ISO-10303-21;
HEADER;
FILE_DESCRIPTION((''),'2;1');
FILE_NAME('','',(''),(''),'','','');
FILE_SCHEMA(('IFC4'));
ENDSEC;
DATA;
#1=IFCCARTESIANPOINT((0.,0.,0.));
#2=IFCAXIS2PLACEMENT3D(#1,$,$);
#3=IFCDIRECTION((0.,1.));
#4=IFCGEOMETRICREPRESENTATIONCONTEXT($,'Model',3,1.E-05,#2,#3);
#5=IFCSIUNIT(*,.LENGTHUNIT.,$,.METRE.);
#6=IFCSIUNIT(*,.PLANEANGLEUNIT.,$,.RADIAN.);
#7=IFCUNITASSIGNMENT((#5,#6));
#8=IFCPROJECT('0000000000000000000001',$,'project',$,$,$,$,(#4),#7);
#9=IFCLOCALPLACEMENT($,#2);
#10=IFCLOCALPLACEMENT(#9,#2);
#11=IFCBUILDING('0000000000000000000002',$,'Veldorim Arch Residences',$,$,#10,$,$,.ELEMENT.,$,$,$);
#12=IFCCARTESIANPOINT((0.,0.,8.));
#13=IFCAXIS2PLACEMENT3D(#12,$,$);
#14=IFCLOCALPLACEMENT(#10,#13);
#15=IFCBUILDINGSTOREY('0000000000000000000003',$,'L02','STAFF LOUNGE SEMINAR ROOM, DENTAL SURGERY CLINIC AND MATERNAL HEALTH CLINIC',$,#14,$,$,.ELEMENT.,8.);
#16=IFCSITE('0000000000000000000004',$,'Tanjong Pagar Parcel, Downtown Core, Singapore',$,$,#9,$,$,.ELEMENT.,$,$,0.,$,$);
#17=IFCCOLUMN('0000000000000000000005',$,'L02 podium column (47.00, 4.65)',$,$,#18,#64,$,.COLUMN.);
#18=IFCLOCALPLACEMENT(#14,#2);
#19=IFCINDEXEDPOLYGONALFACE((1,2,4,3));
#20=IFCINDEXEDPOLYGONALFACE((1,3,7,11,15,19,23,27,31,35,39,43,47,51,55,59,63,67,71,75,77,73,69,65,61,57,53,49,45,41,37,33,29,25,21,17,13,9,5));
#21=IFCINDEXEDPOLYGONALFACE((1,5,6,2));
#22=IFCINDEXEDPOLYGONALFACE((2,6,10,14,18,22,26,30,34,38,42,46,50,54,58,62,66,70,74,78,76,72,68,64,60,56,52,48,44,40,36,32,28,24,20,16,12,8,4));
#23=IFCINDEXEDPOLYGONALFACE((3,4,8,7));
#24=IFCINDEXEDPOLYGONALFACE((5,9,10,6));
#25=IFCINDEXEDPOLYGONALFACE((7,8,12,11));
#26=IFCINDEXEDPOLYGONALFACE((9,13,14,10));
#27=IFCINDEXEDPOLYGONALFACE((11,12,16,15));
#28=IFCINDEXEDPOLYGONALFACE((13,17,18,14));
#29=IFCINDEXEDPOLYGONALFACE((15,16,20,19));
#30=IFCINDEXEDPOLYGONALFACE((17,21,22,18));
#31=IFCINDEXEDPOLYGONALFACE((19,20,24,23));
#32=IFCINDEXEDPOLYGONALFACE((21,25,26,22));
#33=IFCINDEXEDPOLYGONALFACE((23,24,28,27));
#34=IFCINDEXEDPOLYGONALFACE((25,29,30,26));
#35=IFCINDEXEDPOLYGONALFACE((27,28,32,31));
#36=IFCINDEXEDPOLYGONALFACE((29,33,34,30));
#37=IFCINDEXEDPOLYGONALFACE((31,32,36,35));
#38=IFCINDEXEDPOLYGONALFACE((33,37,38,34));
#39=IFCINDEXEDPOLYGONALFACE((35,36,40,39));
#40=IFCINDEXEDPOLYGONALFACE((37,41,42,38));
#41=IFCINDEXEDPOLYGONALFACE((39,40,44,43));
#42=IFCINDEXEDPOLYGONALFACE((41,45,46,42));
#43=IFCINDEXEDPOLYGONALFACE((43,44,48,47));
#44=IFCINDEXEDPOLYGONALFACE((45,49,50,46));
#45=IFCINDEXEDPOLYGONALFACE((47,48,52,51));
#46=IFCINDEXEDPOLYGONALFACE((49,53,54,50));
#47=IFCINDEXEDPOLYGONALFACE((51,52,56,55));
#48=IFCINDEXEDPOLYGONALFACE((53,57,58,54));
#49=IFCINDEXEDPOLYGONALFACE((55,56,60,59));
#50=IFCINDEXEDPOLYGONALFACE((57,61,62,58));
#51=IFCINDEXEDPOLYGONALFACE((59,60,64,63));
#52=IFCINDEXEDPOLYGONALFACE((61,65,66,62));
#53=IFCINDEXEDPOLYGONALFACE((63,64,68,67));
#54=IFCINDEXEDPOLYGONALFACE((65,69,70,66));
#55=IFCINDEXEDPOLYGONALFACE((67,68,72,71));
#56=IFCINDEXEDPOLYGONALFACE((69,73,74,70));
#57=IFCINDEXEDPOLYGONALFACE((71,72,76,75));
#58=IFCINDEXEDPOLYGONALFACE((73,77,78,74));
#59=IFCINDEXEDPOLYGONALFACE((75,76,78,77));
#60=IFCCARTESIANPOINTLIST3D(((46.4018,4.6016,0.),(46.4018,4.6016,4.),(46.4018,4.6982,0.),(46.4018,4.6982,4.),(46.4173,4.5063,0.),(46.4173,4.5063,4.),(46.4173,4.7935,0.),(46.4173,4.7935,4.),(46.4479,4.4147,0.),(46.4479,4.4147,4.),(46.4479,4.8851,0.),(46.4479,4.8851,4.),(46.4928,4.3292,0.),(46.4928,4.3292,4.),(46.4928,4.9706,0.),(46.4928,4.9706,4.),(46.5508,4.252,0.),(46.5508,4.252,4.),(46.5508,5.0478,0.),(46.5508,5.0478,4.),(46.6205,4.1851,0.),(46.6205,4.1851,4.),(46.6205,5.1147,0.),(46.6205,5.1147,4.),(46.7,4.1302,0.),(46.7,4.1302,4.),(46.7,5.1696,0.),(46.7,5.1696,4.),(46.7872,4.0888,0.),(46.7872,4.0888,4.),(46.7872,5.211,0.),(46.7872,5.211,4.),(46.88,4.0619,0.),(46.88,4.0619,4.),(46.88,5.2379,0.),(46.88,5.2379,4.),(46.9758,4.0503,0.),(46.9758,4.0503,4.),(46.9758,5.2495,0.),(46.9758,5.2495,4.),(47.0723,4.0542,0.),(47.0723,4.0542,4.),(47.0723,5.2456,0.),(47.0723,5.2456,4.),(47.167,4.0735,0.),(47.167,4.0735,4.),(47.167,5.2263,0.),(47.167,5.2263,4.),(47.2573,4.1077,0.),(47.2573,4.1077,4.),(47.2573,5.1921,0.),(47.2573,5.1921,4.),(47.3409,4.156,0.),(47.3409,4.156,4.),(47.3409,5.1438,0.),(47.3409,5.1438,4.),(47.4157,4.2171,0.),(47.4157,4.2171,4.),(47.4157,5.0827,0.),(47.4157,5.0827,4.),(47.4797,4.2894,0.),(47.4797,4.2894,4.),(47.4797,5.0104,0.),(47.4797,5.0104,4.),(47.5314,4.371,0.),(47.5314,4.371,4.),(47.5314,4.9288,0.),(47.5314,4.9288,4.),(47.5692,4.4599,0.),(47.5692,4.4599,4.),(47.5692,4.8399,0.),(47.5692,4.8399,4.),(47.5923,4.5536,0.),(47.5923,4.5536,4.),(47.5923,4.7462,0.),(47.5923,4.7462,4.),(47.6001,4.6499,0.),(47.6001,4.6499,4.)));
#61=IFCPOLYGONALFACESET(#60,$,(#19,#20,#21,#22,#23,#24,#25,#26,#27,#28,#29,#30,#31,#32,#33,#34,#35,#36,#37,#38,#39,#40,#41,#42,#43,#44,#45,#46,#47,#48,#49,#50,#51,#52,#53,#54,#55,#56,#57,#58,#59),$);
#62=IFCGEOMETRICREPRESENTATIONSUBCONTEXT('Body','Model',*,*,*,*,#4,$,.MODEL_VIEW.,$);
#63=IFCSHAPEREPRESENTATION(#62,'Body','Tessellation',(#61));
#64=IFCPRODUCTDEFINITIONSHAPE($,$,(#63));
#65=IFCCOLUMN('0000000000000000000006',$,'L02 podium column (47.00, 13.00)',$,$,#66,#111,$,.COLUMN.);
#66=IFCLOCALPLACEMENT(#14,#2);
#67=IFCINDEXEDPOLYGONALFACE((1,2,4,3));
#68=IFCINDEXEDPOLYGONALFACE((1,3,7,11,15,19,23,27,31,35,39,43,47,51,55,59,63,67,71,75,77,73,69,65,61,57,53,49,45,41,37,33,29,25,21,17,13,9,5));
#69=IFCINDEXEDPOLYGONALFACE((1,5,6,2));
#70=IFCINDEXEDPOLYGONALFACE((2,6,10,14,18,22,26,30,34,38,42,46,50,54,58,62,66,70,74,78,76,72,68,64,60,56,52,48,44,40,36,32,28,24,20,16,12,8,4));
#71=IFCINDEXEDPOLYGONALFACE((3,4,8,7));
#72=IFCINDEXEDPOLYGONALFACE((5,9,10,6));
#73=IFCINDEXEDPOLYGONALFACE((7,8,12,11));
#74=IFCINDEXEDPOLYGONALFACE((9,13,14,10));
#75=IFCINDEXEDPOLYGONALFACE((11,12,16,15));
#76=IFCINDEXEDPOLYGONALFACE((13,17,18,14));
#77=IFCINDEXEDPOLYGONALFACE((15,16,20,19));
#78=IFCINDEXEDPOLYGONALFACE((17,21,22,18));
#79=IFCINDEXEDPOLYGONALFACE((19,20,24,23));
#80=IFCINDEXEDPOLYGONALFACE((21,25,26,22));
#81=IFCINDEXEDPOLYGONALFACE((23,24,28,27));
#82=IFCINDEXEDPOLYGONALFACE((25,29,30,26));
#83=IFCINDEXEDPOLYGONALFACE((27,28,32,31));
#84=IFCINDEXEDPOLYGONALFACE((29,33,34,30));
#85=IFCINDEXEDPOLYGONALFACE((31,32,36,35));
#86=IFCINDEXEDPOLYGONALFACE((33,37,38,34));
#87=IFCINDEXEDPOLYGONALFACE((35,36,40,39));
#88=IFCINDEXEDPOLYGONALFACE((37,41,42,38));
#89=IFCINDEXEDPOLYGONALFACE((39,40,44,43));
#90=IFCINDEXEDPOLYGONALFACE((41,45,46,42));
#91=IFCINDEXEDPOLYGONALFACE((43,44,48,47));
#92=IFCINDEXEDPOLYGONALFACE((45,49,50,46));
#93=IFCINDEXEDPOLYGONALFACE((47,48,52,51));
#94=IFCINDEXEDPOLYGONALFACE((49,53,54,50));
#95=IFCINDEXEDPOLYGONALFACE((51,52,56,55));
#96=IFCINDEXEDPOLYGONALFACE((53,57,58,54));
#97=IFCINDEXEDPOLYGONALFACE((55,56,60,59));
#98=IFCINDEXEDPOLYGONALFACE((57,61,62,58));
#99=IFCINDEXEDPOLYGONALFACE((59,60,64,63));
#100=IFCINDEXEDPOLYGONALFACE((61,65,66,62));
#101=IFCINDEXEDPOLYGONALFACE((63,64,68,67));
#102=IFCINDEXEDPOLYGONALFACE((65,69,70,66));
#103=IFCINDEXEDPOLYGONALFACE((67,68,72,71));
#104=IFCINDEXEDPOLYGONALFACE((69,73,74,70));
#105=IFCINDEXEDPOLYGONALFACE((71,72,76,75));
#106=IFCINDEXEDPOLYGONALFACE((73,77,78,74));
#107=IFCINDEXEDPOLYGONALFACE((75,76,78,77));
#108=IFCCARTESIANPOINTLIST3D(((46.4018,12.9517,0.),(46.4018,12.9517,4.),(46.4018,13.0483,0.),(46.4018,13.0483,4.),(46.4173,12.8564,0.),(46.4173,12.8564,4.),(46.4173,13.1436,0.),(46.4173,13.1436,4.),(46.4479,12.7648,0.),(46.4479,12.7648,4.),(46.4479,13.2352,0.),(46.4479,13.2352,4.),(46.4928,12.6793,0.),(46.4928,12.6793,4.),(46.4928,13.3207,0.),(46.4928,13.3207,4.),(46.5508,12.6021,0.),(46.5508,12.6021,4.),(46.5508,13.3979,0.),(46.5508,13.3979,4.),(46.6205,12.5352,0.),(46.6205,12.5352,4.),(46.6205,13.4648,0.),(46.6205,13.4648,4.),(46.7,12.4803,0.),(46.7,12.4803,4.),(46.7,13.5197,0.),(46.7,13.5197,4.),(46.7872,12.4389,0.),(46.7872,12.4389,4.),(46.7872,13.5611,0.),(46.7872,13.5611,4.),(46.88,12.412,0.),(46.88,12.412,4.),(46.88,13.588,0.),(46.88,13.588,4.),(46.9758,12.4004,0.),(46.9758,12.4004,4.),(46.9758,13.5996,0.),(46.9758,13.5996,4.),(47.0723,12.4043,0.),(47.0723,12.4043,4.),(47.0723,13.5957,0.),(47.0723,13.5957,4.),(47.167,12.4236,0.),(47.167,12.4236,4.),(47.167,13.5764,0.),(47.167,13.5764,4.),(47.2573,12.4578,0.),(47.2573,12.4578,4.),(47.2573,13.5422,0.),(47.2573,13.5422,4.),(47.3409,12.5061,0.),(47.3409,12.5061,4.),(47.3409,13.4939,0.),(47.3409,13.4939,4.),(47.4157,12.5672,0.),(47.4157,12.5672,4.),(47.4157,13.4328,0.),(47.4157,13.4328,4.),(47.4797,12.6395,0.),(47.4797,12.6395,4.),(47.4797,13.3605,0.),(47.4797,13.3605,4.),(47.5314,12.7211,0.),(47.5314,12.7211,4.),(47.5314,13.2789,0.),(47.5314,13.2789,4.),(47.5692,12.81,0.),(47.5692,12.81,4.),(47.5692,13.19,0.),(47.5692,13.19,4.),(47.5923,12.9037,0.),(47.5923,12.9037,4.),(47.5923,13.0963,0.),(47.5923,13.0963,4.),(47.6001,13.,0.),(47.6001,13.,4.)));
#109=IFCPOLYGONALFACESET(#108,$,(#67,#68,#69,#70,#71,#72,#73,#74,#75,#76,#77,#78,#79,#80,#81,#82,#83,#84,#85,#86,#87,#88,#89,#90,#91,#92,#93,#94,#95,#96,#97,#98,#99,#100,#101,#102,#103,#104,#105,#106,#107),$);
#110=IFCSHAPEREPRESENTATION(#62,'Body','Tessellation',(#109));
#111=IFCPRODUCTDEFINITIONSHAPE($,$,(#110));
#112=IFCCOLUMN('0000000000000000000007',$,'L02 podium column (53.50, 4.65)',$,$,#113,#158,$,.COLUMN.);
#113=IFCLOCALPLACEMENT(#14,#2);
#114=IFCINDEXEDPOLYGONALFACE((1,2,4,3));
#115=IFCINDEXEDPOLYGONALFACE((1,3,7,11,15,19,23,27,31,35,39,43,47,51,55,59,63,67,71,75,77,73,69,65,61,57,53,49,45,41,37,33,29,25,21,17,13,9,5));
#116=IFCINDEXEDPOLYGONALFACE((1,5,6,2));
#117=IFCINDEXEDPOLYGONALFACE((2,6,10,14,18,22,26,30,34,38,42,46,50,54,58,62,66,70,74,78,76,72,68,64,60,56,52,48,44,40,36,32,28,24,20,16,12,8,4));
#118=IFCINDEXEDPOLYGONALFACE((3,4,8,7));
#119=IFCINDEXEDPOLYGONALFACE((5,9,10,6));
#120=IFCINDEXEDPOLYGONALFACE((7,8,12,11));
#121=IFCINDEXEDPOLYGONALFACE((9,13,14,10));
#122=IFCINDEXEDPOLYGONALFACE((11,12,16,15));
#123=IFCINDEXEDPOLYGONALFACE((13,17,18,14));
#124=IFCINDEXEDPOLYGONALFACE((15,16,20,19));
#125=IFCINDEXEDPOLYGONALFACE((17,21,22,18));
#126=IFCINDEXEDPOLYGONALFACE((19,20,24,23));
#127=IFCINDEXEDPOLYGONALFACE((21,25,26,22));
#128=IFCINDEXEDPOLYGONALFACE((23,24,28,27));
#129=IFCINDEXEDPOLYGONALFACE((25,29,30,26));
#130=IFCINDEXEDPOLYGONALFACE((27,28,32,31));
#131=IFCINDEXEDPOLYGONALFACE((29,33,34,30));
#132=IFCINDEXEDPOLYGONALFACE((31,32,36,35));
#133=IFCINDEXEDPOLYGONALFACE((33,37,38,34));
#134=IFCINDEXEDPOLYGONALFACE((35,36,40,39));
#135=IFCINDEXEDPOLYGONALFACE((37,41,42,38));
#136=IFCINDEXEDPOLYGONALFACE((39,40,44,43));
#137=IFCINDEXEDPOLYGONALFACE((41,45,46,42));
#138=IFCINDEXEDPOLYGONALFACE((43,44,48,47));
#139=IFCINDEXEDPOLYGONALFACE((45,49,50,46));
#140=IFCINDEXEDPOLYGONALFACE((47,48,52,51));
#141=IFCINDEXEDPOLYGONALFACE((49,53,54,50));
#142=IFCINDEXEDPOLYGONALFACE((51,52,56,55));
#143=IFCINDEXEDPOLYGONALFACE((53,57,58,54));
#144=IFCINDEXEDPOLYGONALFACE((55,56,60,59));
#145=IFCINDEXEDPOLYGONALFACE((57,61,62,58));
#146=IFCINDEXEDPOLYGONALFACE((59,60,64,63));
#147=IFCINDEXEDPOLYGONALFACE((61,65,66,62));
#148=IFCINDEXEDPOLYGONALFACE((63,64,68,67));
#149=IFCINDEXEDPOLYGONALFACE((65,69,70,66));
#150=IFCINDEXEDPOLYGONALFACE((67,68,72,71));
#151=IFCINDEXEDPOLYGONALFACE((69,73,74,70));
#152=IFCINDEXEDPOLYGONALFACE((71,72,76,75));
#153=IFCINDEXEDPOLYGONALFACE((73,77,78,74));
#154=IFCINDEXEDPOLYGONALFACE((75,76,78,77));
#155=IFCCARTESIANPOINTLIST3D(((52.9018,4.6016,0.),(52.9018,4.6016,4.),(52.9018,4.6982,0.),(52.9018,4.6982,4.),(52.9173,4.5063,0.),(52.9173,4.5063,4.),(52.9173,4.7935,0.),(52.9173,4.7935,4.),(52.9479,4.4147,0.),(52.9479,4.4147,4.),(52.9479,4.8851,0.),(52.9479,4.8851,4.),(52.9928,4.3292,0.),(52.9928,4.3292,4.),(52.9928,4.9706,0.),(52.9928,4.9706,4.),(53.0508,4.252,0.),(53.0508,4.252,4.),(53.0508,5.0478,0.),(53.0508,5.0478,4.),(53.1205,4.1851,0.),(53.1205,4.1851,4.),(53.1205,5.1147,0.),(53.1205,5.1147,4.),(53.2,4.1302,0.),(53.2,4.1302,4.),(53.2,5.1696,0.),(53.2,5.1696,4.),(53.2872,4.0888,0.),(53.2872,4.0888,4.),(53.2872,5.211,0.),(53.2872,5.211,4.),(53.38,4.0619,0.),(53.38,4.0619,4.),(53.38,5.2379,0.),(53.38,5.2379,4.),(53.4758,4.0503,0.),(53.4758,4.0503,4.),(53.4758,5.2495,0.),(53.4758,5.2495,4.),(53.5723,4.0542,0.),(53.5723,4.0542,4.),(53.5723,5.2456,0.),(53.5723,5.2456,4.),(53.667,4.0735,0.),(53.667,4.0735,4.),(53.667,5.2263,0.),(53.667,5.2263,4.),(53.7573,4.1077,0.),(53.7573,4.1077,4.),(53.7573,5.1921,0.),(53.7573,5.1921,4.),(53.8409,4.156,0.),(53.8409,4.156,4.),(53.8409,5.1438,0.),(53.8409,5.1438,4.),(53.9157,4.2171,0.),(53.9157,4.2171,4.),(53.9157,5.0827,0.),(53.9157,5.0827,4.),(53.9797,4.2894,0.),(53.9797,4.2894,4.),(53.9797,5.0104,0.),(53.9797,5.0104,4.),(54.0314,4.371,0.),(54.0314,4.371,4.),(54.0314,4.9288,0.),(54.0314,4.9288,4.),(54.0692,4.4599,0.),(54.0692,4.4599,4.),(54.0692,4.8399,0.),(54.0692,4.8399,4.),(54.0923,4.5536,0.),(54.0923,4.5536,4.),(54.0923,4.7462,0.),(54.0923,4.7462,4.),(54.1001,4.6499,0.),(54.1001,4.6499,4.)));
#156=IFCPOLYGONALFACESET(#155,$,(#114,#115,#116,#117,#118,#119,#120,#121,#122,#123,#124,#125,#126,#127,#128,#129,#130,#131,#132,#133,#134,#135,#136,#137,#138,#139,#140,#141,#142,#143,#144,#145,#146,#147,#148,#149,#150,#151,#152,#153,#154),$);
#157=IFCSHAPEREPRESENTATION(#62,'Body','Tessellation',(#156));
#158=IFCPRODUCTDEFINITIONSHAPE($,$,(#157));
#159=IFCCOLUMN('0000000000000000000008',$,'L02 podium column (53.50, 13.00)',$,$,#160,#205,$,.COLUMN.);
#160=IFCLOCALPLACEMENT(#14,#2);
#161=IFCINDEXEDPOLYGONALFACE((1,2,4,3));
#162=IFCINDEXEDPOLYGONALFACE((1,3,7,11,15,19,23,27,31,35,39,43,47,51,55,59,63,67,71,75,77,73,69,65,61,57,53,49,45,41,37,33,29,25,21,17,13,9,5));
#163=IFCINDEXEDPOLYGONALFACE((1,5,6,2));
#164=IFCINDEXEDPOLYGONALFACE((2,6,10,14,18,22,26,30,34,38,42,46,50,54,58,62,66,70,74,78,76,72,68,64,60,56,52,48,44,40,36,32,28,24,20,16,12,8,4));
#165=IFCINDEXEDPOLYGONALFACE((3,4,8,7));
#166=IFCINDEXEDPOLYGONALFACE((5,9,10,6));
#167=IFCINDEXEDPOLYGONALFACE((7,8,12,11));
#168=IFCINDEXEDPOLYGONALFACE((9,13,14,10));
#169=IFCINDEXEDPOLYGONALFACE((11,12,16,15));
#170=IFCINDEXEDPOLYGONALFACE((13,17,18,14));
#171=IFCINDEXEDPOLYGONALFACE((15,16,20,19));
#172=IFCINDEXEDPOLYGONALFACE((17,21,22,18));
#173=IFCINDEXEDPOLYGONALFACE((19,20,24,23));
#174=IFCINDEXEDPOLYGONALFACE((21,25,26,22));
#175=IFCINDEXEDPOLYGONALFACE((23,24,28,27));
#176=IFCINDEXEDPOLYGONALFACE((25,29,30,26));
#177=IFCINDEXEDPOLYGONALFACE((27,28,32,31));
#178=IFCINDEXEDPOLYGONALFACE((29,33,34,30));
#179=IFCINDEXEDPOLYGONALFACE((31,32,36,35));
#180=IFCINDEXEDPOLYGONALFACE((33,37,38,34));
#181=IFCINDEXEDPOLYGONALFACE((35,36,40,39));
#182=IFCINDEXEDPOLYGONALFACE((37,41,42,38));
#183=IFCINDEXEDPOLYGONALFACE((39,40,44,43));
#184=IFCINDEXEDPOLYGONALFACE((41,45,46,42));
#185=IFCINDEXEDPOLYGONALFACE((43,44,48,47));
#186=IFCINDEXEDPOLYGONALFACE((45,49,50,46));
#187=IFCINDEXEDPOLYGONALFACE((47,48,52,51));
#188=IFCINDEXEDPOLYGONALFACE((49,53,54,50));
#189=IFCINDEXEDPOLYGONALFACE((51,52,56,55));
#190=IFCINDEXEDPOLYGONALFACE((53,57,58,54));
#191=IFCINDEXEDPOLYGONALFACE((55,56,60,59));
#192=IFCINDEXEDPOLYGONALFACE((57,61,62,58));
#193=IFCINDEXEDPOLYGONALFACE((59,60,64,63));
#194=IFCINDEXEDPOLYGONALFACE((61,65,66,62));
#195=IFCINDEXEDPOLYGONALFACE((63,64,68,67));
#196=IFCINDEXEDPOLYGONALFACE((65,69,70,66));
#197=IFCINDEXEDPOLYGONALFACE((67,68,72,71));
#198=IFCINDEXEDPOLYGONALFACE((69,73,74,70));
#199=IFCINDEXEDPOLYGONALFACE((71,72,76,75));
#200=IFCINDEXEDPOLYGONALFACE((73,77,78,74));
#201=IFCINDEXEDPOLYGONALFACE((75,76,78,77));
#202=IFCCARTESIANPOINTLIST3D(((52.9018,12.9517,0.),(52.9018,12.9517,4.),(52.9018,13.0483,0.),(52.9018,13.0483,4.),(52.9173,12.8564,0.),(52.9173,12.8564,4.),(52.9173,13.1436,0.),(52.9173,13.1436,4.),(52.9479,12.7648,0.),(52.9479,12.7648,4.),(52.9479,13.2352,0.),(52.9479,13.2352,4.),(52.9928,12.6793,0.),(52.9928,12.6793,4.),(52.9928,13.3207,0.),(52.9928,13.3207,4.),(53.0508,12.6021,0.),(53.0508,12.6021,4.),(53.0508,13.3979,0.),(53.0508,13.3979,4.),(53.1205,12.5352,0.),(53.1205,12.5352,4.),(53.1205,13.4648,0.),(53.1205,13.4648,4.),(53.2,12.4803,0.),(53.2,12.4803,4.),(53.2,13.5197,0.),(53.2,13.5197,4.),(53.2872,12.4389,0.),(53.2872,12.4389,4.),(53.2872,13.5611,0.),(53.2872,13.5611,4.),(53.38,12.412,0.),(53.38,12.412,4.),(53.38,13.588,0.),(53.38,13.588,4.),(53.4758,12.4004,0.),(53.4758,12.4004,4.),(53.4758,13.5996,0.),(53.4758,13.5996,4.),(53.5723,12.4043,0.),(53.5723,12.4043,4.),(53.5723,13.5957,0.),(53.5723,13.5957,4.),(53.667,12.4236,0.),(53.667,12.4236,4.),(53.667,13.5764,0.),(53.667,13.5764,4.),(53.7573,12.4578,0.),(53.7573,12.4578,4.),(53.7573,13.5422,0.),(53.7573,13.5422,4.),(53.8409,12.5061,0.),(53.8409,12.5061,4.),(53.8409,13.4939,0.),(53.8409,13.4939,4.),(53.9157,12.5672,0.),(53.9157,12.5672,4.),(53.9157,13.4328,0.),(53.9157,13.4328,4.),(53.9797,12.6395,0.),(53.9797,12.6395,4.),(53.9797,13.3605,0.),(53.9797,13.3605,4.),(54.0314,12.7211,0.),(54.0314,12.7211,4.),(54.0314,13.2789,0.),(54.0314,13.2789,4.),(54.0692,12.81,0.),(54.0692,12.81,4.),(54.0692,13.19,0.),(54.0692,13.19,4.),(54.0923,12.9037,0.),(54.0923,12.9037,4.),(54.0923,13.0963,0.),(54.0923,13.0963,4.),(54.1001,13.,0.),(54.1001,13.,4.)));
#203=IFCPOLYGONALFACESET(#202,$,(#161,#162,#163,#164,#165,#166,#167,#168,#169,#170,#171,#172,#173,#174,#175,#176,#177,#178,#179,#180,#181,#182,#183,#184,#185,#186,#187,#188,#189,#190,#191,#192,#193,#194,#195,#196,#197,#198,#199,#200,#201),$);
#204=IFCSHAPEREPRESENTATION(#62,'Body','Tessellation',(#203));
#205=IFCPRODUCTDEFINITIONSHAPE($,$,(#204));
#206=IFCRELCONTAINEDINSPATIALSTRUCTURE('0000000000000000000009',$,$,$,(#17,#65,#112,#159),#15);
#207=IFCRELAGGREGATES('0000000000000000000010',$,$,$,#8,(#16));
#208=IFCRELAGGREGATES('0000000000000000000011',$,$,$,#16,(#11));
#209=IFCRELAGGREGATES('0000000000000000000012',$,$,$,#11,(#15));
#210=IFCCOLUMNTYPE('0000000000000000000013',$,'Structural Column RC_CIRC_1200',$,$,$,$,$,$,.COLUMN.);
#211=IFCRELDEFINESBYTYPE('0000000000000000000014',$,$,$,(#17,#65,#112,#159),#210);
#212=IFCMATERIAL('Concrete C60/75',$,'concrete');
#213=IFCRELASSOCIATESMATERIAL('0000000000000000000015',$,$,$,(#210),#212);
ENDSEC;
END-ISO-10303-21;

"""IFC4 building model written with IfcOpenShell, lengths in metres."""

from ifc_helpers import new_model, si_unit, direction, frame, origin, origin_2d, place, context, subcontext, project, spatial, circle, extrude, material, material_profile, profile_set, type_object, element, save


model = new_model("IFC4")

# Units and contexts
model_context = context("Model", 3, precision=1e-05, world=origin(), true_north=direction((0.0, 1.0)))
body_context = subcontext(model_context, "Body", "Model", "MODEL_VIEW")
ifc_project = project(units=[si_unit("LENGTHUNIT", "METRE"), si_unit("PLANEANGLEUNIT", "RADIAN")], contexts=[model_context])

# Site, building, storey
site_placement = place(None, origin())
site = spatial("IfcSite", under=ifc_project, at=site_placement, Name="Tanjong Pagar Parcel, Downtown Core, Singapore", CompositionType="ELEMENT", RefElevation=0.0)
building_placement = place(site_placement, origin())
building = spatial("IfcBuilding", under=site, at=building_placement, Name="Veldorim Arch Residences", CompositionType="ELEMENT")
storey_placement = place(building_placement, frame((0.0, 0.0, 8.0)))
storey = spatial("IfcBuildingStorey", under=building, at=storey_placement, Name="L02", Description="STAFF LOUNGE SEMINAR ROOM, DENTAL SURGERY CLINIC AND MATERNAL HEALTH CLINIC", CompositionType="ELEMENT", Elevation=8.0)

# Columns
ifc_material_1 = material(Name="Concrete C60/75", Category="concrete")
ifc_material_profile_1 = material_profile(ifc_material_1, circle(Radius=0.6001, at=origin_2d()), Name="RC_CIRC_1200")
ifc_profile_set_1 = profile_set([ifc_material_profile_1], Name="Concrete C60/75")
column_type = type_object("IfcColumnType", Name="Structural Column RC_CIRC_1200", PredefinedType="COLUMN", material=ifc_profile_set_1)
for number, where, z_axis, x_axis, name in (
    (1, (47.0, 4.6499, 0.0), (0.0, 0.0, 1.0), (1.0, 0.0, 0.0), "L02 podium column (47.00, 4.65)"),
    (2, (47.0, 13.0, 0.0), (0.0, 0.0, 1.0), (1.0, 0.0, 0.0), "L02 podium column (47.00, 13.00)"),
    (3, (53.5, 4.6499, 0.0), (0.0, 0.0, 1.0), (1.0, 0.0, 0.0), "L02 podium column (53.50, 4.65)"),
    (4, (53.5, 13.0, 0.0), (0.0, 0.0, 1.0), (1.0, 0.0, 0.0), "L02 podium column (53.50, 13.00)"),
):
    element("IfcColumn", number, at=place(storey_placement, frame(where, z_axis=z_axis, x_axis=x_axis)), inside=storey, type_object=column_type, Name=name, PredefinedType="COLUMN", context=body_context, shape_type="SweptSolid", body=[
        extrude(circle(Radius=0.6001, at=origin_2d()), origin(), (0.0, 0.0, 1.0), 4.0),
    ])

save(model, "model.ifc")
